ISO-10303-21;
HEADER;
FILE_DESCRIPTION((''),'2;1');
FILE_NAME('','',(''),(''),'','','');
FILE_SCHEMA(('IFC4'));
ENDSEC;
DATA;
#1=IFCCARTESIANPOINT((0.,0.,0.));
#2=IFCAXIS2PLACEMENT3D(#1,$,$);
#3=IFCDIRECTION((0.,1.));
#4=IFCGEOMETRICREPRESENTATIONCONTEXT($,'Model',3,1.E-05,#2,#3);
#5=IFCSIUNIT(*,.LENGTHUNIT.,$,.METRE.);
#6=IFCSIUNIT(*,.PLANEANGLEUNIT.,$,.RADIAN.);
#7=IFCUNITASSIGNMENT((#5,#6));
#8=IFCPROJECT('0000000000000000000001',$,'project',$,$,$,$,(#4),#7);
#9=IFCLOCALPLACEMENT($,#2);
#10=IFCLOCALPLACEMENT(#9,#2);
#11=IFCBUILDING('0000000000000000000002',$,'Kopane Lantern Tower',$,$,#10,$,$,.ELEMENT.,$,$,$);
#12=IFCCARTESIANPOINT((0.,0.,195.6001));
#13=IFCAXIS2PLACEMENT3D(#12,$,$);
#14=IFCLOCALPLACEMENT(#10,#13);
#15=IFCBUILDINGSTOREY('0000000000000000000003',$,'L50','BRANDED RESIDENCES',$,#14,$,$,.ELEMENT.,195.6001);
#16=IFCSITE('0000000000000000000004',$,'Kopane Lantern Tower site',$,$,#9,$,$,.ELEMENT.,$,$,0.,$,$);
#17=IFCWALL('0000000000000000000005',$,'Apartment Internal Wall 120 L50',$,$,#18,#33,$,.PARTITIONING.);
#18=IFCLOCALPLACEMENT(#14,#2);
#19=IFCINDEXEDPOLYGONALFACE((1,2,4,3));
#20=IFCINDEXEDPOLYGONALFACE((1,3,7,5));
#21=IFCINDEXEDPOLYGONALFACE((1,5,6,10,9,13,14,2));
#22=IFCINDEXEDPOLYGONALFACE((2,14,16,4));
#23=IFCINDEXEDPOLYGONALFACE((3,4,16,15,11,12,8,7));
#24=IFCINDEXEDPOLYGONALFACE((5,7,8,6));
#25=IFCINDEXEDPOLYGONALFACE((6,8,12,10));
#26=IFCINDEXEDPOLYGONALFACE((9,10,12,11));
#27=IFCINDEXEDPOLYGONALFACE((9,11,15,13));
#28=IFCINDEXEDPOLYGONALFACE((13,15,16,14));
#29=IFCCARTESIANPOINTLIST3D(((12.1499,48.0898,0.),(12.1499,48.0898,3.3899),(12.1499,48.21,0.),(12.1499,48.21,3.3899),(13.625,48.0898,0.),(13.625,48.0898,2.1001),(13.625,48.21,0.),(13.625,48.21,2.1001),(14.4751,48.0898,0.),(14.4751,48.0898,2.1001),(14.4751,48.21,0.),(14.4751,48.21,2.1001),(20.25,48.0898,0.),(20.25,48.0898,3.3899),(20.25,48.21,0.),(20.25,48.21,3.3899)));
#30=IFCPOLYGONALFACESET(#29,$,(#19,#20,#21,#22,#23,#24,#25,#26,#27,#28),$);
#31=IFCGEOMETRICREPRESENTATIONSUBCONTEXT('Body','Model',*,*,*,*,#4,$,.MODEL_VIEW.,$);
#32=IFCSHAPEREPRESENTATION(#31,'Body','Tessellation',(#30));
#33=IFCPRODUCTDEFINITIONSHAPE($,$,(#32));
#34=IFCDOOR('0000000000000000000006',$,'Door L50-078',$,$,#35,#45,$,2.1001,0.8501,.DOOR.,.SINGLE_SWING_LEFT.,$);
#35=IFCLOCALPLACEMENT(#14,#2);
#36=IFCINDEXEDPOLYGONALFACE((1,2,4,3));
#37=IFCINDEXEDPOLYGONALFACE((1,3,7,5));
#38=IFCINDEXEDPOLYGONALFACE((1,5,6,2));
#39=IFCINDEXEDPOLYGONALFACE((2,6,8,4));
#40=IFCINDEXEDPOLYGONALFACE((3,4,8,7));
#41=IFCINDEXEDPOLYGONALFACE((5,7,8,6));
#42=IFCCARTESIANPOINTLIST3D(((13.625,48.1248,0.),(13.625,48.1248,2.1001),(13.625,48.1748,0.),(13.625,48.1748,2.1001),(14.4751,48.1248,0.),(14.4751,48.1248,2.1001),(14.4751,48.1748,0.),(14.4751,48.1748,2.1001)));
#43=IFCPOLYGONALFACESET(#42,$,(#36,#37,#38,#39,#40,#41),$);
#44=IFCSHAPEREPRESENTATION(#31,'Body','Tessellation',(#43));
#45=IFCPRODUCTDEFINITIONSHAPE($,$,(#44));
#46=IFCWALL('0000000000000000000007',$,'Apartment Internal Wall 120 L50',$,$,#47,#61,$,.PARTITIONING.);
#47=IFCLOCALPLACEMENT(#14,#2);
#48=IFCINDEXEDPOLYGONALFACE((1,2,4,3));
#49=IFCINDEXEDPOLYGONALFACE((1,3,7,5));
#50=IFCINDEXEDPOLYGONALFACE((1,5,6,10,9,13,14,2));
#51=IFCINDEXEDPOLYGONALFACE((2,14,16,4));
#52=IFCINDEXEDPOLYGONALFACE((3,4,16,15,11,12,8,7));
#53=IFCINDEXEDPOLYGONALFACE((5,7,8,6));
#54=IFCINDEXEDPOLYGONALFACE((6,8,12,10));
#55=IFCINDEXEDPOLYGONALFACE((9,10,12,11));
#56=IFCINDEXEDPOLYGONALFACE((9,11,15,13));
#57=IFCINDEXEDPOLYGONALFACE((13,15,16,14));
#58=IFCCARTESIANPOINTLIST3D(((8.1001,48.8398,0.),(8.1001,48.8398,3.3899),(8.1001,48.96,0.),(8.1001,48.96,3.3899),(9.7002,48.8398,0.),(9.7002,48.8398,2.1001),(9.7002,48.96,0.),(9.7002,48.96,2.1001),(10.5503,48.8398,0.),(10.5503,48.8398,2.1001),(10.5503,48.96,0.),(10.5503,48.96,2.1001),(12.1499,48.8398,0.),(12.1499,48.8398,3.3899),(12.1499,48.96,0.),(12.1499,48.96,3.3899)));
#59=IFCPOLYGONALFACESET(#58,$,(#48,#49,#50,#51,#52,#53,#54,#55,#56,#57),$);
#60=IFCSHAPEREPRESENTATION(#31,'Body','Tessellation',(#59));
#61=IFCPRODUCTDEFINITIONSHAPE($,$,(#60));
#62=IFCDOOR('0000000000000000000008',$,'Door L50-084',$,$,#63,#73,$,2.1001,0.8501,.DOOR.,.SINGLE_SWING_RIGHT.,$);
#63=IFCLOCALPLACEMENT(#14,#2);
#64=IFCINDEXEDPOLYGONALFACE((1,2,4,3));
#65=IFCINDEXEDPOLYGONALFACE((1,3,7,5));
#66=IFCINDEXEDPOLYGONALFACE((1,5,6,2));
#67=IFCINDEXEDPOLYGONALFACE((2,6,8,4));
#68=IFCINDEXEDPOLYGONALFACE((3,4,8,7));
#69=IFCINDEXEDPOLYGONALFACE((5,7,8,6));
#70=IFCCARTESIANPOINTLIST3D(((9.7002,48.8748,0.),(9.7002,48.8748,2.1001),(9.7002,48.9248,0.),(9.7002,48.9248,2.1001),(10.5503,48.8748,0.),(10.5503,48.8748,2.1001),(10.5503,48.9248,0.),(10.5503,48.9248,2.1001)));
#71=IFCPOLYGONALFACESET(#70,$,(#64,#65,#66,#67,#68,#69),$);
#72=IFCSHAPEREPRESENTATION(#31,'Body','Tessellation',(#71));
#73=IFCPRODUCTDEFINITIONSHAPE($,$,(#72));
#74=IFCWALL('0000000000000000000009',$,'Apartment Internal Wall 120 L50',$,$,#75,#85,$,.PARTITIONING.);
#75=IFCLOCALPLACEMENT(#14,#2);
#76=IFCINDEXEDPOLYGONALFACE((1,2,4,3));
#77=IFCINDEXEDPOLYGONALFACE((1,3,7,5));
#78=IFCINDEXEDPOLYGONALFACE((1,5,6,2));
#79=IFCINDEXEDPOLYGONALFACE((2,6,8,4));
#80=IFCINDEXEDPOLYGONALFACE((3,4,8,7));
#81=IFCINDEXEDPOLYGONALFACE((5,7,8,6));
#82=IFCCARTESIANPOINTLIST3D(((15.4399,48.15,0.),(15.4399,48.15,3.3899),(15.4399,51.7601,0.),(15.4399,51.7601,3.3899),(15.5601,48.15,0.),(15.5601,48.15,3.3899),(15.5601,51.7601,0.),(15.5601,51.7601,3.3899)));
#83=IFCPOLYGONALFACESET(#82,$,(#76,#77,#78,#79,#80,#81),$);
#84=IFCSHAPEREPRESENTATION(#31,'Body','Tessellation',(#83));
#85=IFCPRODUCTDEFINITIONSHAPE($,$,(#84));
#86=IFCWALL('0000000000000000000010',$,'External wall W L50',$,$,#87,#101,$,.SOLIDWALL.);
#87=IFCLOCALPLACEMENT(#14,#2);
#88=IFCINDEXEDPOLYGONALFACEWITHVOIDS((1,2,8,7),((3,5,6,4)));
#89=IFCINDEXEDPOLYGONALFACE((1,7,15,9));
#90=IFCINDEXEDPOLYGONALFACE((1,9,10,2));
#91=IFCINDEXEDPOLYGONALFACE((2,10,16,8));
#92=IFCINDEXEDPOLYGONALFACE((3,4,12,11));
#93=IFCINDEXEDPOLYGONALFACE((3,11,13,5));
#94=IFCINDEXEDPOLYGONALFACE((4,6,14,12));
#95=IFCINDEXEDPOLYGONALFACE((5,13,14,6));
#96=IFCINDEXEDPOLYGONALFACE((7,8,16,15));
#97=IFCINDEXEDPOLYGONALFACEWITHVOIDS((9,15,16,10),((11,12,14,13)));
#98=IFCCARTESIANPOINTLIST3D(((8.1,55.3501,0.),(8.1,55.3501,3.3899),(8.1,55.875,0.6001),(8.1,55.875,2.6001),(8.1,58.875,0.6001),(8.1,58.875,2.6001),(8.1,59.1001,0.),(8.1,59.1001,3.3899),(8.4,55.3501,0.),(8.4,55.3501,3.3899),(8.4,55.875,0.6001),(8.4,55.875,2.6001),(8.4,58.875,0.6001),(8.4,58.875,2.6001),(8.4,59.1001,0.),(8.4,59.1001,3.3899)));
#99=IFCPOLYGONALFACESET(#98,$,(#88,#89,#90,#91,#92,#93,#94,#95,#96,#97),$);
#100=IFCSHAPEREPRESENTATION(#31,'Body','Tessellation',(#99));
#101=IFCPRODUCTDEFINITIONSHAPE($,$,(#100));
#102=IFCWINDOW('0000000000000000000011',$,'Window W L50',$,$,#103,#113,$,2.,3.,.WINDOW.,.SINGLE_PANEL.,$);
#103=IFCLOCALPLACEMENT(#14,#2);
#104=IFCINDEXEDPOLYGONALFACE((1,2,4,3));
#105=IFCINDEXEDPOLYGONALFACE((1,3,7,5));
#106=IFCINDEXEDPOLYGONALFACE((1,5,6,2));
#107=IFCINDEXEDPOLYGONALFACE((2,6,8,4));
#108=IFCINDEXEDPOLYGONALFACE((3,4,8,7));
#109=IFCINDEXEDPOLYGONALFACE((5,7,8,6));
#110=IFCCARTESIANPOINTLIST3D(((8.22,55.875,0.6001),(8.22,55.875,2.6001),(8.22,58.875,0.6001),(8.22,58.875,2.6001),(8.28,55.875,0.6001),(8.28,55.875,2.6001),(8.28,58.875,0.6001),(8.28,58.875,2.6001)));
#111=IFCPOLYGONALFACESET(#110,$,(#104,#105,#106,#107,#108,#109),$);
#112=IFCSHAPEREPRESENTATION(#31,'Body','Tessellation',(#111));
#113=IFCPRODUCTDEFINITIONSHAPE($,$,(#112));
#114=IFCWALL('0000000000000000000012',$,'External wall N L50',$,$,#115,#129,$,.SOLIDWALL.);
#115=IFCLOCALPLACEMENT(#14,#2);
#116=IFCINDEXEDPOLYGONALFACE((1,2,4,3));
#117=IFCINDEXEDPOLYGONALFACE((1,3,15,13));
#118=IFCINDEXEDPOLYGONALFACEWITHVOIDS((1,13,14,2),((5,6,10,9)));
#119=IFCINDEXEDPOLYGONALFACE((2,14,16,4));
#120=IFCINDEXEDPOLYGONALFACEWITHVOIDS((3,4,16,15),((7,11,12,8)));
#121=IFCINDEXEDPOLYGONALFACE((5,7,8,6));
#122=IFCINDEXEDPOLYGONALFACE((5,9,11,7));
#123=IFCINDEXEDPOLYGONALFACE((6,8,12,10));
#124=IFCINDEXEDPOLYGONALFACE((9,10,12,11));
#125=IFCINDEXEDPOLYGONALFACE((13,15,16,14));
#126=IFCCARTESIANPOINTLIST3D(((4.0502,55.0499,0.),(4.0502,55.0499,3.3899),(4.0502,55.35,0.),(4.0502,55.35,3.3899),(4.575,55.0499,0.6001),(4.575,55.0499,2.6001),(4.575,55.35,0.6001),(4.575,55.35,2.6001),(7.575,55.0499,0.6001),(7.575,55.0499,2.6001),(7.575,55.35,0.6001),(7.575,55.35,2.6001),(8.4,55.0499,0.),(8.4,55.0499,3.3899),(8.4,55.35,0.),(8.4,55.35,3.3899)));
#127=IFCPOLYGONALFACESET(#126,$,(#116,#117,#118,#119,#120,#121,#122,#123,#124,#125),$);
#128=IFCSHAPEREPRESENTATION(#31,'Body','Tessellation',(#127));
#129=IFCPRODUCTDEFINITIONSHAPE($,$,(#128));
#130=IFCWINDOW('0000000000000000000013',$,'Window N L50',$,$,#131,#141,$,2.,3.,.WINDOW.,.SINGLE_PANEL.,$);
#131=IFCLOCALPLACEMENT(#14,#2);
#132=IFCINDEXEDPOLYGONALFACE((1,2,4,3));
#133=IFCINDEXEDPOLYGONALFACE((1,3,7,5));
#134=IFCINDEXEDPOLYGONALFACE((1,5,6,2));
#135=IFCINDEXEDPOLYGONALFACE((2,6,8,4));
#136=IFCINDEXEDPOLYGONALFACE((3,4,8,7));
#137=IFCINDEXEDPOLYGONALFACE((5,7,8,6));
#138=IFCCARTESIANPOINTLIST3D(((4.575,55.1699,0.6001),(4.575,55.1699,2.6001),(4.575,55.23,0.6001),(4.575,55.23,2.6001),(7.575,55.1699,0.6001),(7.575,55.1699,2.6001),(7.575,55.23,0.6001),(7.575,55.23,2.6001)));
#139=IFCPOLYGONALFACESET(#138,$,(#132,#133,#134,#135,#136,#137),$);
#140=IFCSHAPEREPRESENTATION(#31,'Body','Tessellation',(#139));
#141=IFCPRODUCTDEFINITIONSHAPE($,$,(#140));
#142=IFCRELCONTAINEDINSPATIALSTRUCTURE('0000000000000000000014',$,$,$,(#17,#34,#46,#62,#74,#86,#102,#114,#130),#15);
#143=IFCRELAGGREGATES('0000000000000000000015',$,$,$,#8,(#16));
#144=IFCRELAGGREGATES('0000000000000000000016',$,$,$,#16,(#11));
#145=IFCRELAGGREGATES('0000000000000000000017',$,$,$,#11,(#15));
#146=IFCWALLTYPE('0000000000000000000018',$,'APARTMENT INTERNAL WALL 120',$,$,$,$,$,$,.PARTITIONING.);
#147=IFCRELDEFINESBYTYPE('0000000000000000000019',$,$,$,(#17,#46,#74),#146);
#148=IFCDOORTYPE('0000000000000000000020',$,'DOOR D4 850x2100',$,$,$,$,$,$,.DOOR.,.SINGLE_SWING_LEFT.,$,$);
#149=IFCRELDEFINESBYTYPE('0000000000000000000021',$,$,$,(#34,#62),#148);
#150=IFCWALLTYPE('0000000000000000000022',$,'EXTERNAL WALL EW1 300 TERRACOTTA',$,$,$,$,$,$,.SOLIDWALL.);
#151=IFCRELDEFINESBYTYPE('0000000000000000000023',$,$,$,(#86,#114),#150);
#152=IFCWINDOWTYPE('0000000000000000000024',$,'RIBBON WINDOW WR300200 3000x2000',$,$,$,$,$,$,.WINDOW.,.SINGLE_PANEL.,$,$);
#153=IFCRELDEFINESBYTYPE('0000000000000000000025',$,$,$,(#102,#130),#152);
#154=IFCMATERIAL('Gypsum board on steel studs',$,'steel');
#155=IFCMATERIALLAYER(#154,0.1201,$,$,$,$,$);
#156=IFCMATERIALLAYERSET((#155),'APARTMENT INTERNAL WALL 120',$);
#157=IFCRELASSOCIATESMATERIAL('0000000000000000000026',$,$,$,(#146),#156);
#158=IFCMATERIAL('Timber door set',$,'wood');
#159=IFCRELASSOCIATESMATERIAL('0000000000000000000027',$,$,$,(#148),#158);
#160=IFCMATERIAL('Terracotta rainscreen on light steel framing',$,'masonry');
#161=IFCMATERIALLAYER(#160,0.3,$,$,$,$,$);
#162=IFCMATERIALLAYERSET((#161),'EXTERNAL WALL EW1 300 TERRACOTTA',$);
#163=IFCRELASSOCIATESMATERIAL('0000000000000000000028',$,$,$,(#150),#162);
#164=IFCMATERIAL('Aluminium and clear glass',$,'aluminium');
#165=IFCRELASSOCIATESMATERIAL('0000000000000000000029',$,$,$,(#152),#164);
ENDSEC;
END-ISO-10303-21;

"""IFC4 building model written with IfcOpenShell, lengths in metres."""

from ifc_helpers import new_model, si_unit, direction, frame, frame_2d, origin, place, context, subcontext, project, spatial, rectangle, extrude, material, layer, layer_set, type_object, element, fill, save


model = new_model("IFC4")

# Units and contexts
model_context = context("Model", 3, precision=1e-05, world=origin(), true_north=direction((0.0, 1.0)))
body_context = subcontext(model_context, "Body", "Model", "MODEL_VIEW")
ifc_project = project(units=[si_unit("LENGTHUNIT", "METRE"), si_unit("PLANEANGLEUNIT", "RADIAN")], contexts=[model_context])

# Site, building, storey
site_placement = place(None, origin())
site = spatial("IfcSite", under=ifc_project, at=site_placement, Name="Kopane Lantern Tower site", CompositionType="ELEMENT", RefElevation=0.0)
building_placement = place(site_placement, origin())
building = spatial("IfcBuilding", under=site, at=building_placement, Name="Kopane Lantern Tower", CompositionType="ELEMENT")
storey_placement = place(building_placement, frame((0.0, 0.0, 195.6001)))
storey = spatial("IfcBuildingStorey", under=building, at=storey_placement, Name="L50", Description="BRANDED RESIDENCES", CompositionType="ELEMENT", Elevation=195.6001)

# Shared definitions
ifc_material_1 = material(Name="Gypsum board on steel studs", Category="steel")
ifc_layer_1 = layer(ifc_material_1, 0.1201)
ifc_layer_set_1 = layer_set([ifc_layer_1], Name="APARTMENT INTERNAL WALL 120")
wall_type_1 = type_object("IfcWallType", Name="APARTMENT INTERNAL WALL 120", PredefinedType="PARTITIONING", material=ifc_layer_set_1)

# Walls, openings, doors
wall_1_placement = place(storey_placement, frame((12.1499, 48.1499, 0.0), z_axis=(0.0, 0.0, 1.0), x_axis=(1.0, 0.0, 0.0)))
wall_1 = element("IfcWall", 1, at=wall_1_placement, inside=storey, type_object=wall_type_1, Name="Apartment Internal Wall 120 L50", PredefinedType="PARTITIONING", context=body_context, shape_type="SweptSolid", body=[
    extrude(rectangle(XDim=8.1001, YDim=0.1201, at=frame_2d((4.05, 0.0))), origin(), (0.0, 0.0, 1.0), 3.3899),
])
opening_1_placement = place(wall_1_placement, frame((1.4751, 0.0, 0.0)))
opening_1 = element("IfcOpeningElement", 2, at=opening_1_placement, cuts=wall_1, PredefinedType="OPENING", context=body_context, shape_type="SweptSolid", body=[
    extrude(rectangle(XDim=0.8501, YDim=2.1001, at=frame_2d((0.425, 1.05))), frame((0.0, 0.0701, 0.0), z_axis=(0.0, -1.0, 0.0), x_axis=(1.0, 0.0, 0.0)), (0.0, 0.0, 1.0), 0.1401),
])
ifc_material_2 = material(Name="Timber door set", Category="wood")
door_type = type_object("IfcDoorType", Name="DOOR D4 850x2100", OperationType="SINGLE_SWING_LEFT", PredefinedType="DOOR", material=ifc_material_2)
door_1_placement = place(opening_1_placement, origin())
door_1 = element("IfcDoor", 3, at=door_1_placement, inside=storey, type_object=door_type, Name="Door L50-078", OperationType="SINGLE_SWING_LEFT", OverallHeight=2.1001, OverallWidth=0.8501, PredefinedType="DOOR", context=body_context, shape_type="SweptSolid", body=[
    extrude(rectangle(XDim=0.8501, YDim=2.1001, at=frame_2d((0.425, 1.05))), frame((0.0, 0.0249, 0.0), z_axis=(0.0, -1.0, 0.0), x_axis=(1.0, 0.0, 0.0)), (0.0, 0.0, 1.0), 0.05),
])
fill(opening_1, door_1)
wall_2_placement = place(storey_placement, frame((8.1001, 48.8999, 0.0), z_axis=(0.0, 0.0, 1.0), x_axis=(1.0, 0.0, 0.0)))
wall_2 = element("IfcWall", 4, at=wall_2_placement, inside=storey, type_object=wall_type_1, Name="Apartment Internal Wall 120 L50", PredefinedType="PARTITIONING", context=body_context, shape_type="SweptSolid", body=[
    extrude(rectangle(XDim=4.0498, YDim=0.1201, at=frame_2d((2.0249, 0.0))), origin(), (0.0, 0.0, 1.0), 3.3899),
])
opening_2_placement = place(wall_2_placement, frame((1.6001, 0.0, 0.0)))
opening_2 = element("IfcOpeningElement", 5, at=opening_2_placement, cuts=wall_2, PredefinedType="OPENING", context=body_context, shape_type="SweptSolid", body=[
    extrude(rectangle(XDim=0.8501, YDim=2.1001, at=frame_2d((0.425, 1.05))), frame((0.0, 0.0701, 0.0), z_axis=(0.0, -1.0, 0.0), x_axis=(1.0, 0.0, 0.0)), (0.0, 0.0, 1.0), 0.1401),
])
door_2_placement = place(opening_2_placement, origin())
door_2 = element("IfcDoor", 6, at=door_2_placement, inside=storey, type_object=door_type, Name="Door L50-084", OperationType="SINGLE_SWING_RIGHT", OverallHeight=2.1001, OverallWidth=0.8501, PredefinedType="DOOR", context=body_context, shape_type="SweptSolid", body=[
    extrude(rectangle(XDim=0.8501, YDim=2.1001, at=frame_2d((0.425, 1.05))), frame((0.0, 0.0249, 0.0), z_axis=(0.0, -1.0, 0.0), x_axis=(1.0, 0.0, 0.0)), (0.0, 0.0, 1.0), 0.05),
])
fill(opening_2, door_2)

# Wall
wall_3_placement = place(storey_placement, frame((15.5, 48.1499, 0.0), z_axis=(0.0, 0.0, 1.0), x_axis=(0.0, 1.0, 0.0)))
element("IfcWall", 7, at=wall_3_placement, inside=storey, type_object=wall_type_1, Name="Apartment Internal Wall 120 L50", PredefinedType="PARTITIONING", context=body_context, shape_type="SweptSolid", body=[
    extrude(rectangle(XDim=3.6101, YDim=0.1201, at=frame_2d((1.8052, 0.0))), origin(), (0.0, 0.0, 1.0), 3.3899),
])

# Walls, openings, windows
ifc_material_3 = material(Name="Terracotta rainscreen on light steel framing", Category="masonry")
ifc_layer_2 = layer(ifc_material_3, 0.3)
ifc_layer_set_2 = layer_set([ifc_layer_2], Name="EXTERNAL WALL EW1 300 TERRACOTTA")
wall_type_2 = type_object("IfcWallType", Name="EXTERNAL WALL EW1 300 TERRACOTTA", PredefinedType="SOLIDWALL", material=ifc_layer_set_2)
wall_4_placement = place(storey_placement, frame((8.25, 59.1001, 0.0), z_axis=(0.0, 0.0, 1.0), x_axis=(0.0, -1.0, 0.0)))
wall_4 = element("IfcWall", 8, at=wall_4_placement, inside=storey, type_object=wall_type_2, Name="External wall W L50", PredefinedType="SOLIDWALL", context=body_context, shape_type="SweptSolid", body=[
    extrude(rectangle(XDim=3.75, YDim=0.3, at=frame_2d((1.875, 0.0))), origin(), (0.0, 0.0, 1.0), 3.3899),
])
opening_3_placement = place(wall_4_placement, frame((0.2251, 0.0, 0.6001)))
opening_3 = element("IfcOpeningElement", 9, at=opening_3_placement, cuts=wall_4, PredefinedType="OPENING", context=body_context, shape_type="SweptSolid", body=[
    extrude(rectangle(XDim=3.0, YDim=2.0, at=frame_2d((1.5, 1.0))), frame((0.0, 0.1599, 0.0), z_axis=(0.0, -1.0, 0.0), x_axis=(1.0, 0.0, 0.0)), (0.0, 0.0, 1.0), 0.3201),
])
ifc_material_4 = material(Name="Aluminium and clear glass", Category="aluminium")
window_type = type_object("IfcWindowType", Name="RIBBON WINDOW WR300200 3000x2000", PartitioningType="SINGLE_PANEL", PredefinedType="WINDOW", material=ifc_material_4)
window_1_placement = place(opening_3_placement, origin())
window_1 = element("IfcWindow", 10, at=window_1_placement, inside=storey, type_object=window_type, Name="Window W L50", OverallHeight=2.0, OverallWidth=3.0, PartitioningType="SINGLE_PANEL", PredefinedType="WINDOW", context=body_context, shape_type="SweptSolid", body=[
    extrude(rectangle(XDim=3.0, YDim=2.0, at=frame_2d((1.5, 1.0))), frame((0.0, 0.03, 0.0), z_axis=(0.0, -1.0, 0.0), x_axis=(1.0, 0.0, 0.0)), (0.0, 0.0, 1.0), 0.0601),
])
fill(opening_3, window_1)
wall_5_placement = place(storey_placement, frame((8.3999, 55.2, 0.0), z_axis=(0.0, 0.0, 1.0), x_axis=(-1.0, 0.0, 0.0)))
wall_5 = element("IfcWall", 11, at=wall_5_placement, inside=storey, type_object=wall_type_2, Name="External wall N L50", PredefinedType="SOLIDWALL", context=body_context, shape_type="SweptSolid", body=[
    extrude(rectangle(XDim=4.3499, YDim=0.3, at=frame_2d((2.1748, 0.0))), origin(), (0.0, 0.0, 1.0), 3.3899),
])
opening_4_placement = place(wall_5_placement, frame((0.825, 0.0, 0.6001)))
opening_4 = element("IfcOpeningElement", 12, at=opening_4_placement, cuts=wall_5, PredefinedType="OPENING", context=body_context, shape_type="SweptSolid", body=[
    extrude(rectangle(XDim=3.0, YDim=2.0, at=frame_2d((1.5, 1.0))), frame((0.0, 0.1599, 0.0), z_axis=(0.0, -1.0, 0.0), x_axis=(1.0, 0.0, 0.0)), (0.0, 0.0, 1.0), 0.3201),
])
window_2_placement = place(opening_4_placement, origin())
window_2 = element("IfcWindow", 13, at=window_2_placement, inside=storey, type_object=window_type, Name="Window N L50", OverallHeight=2.0, OverallWidth=3.0, PartitioningType="SINGLE_PANEL", PredefinedType="WINDOW", context=body_context, shape_type="SweptSolid", body=[
    extrude(rectangle(XDim=3.0, YDim=2.0, at=frame_2d((1.5, 1.0))), frame((0.0, 0.03, 0.0), z_axis=(0.0, -1.0, 0.0), x_axis=(1.0, 0.0, 0.0)), (0.0, 0.0, 1.0), 0.0601),
])
fill(opening_4, window_2)

save(model, "model.ifc")
